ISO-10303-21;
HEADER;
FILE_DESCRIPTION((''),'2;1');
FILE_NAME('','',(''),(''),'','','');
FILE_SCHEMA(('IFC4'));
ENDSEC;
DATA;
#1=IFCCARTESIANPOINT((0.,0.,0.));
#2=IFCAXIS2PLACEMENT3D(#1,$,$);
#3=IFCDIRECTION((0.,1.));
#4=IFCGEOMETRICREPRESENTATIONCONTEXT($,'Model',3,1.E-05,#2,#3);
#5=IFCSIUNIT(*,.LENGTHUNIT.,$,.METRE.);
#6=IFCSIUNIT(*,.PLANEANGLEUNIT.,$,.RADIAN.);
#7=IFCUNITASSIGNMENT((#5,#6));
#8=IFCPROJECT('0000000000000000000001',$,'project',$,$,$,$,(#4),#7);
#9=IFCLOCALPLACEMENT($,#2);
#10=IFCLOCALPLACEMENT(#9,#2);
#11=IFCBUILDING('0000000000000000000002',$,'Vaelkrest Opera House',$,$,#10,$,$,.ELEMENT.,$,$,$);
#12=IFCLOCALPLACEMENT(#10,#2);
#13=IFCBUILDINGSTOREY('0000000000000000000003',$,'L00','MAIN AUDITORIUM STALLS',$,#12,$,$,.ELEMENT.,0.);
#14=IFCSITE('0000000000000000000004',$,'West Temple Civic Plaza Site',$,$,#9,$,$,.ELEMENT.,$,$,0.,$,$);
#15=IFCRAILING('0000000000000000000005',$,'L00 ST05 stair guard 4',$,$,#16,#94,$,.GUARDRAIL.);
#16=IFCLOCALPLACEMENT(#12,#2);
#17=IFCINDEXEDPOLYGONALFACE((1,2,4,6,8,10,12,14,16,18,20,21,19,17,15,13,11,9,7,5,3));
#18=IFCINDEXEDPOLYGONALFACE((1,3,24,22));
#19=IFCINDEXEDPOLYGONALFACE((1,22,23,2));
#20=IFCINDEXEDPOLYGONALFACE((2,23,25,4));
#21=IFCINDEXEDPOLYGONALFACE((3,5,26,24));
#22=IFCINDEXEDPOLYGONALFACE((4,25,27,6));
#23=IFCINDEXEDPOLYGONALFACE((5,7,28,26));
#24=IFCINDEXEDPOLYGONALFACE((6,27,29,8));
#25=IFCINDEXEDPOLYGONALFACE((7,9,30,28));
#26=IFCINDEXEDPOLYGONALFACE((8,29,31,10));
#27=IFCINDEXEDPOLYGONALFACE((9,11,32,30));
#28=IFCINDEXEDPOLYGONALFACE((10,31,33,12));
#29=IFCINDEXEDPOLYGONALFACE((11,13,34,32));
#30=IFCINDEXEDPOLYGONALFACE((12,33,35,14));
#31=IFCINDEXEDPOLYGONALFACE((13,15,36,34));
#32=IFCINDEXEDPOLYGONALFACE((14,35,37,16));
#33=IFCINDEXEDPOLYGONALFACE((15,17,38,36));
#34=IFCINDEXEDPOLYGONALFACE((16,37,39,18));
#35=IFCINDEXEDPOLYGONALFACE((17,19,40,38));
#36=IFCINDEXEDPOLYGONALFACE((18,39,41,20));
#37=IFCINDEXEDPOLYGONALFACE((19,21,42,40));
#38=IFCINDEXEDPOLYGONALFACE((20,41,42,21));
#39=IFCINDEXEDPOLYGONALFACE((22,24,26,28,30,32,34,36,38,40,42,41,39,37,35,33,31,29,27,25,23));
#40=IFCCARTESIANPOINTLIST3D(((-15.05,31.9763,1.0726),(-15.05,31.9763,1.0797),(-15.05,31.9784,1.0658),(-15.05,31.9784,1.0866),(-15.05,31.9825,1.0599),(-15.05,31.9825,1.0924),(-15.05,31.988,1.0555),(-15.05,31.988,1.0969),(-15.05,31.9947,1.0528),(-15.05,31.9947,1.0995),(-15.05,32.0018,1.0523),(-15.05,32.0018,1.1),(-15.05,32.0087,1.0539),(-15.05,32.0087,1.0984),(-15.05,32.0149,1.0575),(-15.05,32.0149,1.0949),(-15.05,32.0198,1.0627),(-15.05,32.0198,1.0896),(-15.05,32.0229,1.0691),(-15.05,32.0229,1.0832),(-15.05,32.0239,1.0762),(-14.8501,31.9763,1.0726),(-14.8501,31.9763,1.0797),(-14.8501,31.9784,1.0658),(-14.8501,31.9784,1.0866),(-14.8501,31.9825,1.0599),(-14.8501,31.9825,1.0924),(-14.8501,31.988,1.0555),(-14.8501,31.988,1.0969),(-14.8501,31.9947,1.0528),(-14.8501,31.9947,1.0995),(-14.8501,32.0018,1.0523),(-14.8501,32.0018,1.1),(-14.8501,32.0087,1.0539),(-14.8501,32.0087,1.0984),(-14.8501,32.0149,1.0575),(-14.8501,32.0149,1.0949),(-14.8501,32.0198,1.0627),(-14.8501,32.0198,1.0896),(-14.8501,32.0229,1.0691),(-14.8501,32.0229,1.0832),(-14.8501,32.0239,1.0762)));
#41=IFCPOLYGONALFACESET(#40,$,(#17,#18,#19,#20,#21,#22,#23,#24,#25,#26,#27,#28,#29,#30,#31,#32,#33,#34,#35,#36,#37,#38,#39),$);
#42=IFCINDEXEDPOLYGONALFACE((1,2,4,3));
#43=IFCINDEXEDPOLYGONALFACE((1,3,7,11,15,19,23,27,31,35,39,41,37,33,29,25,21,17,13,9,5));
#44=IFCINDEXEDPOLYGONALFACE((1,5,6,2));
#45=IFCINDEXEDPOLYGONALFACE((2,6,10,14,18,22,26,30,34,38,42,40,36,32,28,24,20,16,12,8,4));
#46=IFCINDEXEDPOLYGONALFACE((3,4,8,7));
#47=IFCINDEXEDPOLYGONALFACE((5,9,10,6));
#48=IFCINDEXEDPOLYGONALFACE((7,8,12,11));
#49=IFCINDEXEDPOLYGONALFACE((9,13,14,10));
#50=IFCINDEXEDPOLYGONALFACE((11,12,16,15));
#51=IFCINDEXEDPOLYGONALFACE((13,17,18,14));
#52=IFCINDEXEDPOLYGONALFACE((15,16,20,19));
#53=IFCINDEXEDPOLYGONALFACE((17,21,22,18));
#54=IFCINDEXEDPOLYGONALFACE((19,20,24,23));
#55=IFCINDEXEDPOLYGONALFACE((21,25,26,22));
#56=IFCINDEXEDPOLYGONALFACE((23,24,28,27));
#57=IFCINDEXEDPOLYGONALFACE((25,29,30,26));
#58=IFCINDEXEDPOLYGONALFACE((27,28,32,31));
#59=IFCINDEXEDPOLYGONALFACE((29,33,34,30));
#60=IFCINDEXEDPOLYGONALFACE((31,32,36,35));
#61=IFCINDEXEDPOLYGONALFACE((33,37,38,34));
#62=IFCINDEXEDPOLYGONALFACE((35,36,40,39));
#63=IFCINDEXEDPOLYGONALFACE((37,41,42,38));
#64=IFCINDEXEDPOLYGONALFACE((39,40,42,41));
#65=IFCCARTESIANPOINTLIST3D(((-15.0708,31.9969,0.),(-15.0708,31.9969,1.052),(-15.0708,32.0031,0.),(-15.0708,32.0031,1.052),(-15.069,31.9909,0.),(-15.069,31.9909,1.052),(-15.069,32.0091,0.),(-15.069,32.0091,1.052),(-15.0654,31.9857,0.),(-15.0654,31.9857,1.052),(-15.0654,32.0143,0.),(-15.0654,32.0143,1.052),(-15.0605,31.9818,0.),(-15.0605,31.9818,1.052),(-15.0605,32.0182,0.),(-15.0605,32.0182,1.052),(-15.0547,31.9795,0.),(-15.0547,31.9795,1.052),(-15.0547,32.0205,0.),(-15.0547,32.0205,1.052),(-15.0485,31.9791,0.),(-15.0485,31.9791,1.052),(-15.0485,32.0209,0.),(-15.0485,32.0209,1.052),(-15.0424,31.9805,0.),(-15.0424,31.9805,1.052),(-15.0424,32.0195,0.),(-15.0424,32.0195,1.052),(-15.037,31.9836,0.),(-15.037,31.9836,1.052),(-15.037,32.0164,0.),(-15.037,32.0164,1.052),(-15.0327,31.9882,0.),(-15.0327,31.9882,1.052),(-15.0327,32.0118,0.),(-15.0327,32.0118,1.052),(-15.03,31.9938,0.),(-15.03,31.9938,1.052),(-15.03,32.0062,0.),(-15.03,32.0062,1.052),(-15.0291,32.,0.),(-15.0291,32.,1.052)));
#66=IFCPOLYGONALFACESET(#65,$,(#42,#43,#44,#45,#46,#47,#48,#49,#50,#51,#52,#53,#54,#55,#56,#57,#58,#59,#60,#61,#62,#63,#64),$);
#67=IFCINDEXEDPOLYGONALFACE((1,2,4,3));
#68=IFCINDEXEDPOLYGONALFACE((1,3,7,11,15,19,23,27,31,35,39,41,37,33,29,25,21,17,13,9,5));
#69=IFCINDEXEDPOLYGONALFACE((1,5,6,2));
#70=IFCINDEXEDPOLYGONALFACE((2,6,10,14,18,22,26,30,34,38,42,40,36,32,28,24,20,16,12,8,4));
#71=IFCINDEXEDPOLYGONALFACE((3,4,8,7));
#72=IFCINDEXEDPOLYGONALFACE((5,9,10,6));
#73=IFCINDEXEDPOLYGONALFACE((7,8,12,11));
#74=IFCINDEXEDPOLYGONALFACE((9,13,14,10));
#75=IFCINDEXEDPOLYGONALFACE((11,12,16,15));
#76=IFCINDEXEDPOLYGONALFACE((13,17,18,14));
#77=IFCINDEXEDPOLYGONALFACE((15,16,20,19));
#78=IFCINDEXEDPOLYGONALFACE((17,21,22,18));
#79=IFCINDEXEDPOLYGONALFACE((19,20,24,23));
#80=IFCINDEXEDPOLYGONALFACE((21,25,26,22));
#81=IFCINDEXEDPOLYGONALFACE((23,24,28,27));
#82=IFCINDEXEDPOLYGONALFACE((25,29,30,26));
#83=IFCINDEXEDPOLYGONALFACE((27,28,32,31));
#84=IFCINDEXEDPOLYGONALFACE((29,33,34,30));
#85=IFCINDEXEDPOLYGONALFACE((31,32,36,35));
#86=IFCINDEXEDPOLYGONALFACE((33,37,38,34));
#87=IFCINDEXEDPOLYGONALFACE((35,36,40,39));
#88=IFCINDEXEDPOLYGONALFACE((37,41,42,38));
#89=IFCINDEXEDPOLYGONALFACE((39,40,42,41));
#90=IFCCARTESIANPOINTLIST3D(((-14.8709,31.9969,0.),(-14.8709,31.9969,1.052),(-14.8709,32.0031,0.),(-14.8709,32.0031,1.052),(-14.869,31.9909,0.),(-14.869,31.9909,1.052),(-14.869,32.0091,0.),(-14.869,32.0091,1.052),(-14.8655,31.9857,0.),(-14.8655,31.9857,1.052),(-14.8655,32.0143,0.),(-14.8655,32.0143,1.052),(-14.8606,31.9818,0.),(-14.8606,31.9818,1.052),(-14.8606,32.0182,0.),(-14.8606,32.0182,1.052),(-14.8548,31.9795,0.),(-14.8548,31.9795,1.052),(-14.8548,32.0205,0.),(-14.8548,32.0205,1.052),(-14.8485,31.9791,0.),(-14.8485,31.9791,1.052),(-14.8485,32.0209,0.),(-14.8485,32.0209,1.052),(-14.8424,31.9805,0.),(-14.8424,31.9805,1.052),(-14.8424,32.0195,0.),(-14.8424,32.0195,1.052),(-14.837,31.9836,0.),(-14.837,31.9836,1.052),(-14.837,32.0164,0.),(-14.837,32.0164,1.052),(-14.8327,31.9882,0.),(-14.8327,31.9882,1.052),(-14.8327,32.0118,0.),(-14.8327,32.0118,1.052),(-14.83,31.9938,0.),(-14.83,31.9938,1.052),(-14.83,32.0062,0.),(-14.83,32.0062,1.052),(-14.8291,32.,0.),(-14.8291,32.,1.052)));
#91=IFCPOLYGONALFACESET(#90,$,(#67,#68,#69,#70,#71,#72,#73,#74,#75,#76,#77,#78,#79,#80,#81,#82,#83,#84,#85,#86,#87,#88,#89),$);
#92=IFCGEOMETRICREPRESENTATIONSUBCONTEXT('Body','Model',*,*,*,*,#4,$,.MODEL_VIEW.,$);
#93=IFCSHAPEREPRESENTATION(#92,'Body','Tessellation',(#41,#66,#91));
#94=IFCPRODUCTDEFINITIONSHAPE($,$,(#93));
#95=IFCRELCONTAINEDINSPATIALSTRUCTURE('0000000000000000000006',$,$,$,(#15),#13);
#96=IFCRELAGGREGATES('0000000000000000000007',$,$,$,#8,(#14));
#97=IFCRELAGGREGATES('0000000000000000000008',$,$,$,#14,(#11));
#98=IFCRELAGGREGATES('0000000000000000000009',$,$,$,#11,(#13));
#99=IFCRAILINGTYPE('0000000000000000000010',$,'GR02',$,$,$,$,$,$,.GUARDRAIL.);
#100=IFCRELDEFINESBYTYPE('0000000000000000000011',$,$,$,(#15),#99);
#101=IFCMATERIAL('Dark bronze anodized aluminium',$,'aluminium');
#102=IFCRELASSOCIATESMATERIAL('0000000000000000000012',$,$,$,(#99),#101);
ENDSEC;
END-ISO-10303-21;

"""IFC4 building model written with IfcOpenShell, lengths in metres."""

from ifc_helpers import new_model, si_unit, direction, frame, origin, origin_2d, place, context, subcontext, project, spatial, circle, extrude, material, type_object, element, save


model = new_model("IFC4")

# Units and contexts
model_context = context("Model", 3, precision=1e-05, world=origin(), true_north=direction((0.0, 1.0)))
body_context = subcontext(model_context, "Body", "Model", "MODEL_VIEW")
ifc_project = project(units=[si_unit("LENGTHUNIT", "METRE"), si_unit("PLANEANGLEUNIT", "RADIAN")], contexts=[model_context])

# Site, building, storey
site_placement = place(None, origin())
site = spatial("IfcSite", under=ifc_project, at=site_placement, Name="West Temple Civic Plaza Site", CompositionType="ELEMENT", RefElevation=0.0)
building_placement = place(site_placement, origin())
building = spatial("IfcBuilding", under=site, at=building_placement, Name="Vaelkrest Opera House", CompositionType="ELEMENT")
storey_placement = place(building_placement, origin())
storey = spatial("IfcBuildingStorey", under=building, at=storey_placement, Name="L00", Description="MAIN AUDITORIUM STALLS", CompositionType="ELEMENT", Elevation=0.0)

# Railing
ifc_material_1 = material(Name="Dark bronze anodized aluminium", Category="aluminium")
railing_type_1 = type_object("IfcRailingType", Name="GR02", PredefinedType="GUARDRAIL", material=ifc_material_1)
railing_1_placement = place(storey_placement, frame((-15.05, 32.0, 0.0)))
element("IfcRailing", 1, at=railing_1_placement, inside=storey, type_object=railing_type_1, Name="L00 ST05 stair guard 4", PredefinedType="GUARDRAIL", context=body_context, shape_type="SweptSolid", body=[
    extrude(circle(Radius=0.0239, at=origin_2d()), frame((0.0, 0.0, 1.0762), z_axis=(1.0, 0.0, 0.0), x_axis=(0.0, 1.0, 0.0)), (0.0, 0.0, 1.0), 0.2),
    extrude(circle(Radius=0.021, at=origin_2d()), origin(), (0.0, 0.0, 1.0), 1.052),
    extrude(circle(Radius=0.021, at=origin_2d()), frame((0.2, 0.0, 0.0)), (0.0, 0.0, 1.0), 1.052),
])

save(model, "model.ifc")
